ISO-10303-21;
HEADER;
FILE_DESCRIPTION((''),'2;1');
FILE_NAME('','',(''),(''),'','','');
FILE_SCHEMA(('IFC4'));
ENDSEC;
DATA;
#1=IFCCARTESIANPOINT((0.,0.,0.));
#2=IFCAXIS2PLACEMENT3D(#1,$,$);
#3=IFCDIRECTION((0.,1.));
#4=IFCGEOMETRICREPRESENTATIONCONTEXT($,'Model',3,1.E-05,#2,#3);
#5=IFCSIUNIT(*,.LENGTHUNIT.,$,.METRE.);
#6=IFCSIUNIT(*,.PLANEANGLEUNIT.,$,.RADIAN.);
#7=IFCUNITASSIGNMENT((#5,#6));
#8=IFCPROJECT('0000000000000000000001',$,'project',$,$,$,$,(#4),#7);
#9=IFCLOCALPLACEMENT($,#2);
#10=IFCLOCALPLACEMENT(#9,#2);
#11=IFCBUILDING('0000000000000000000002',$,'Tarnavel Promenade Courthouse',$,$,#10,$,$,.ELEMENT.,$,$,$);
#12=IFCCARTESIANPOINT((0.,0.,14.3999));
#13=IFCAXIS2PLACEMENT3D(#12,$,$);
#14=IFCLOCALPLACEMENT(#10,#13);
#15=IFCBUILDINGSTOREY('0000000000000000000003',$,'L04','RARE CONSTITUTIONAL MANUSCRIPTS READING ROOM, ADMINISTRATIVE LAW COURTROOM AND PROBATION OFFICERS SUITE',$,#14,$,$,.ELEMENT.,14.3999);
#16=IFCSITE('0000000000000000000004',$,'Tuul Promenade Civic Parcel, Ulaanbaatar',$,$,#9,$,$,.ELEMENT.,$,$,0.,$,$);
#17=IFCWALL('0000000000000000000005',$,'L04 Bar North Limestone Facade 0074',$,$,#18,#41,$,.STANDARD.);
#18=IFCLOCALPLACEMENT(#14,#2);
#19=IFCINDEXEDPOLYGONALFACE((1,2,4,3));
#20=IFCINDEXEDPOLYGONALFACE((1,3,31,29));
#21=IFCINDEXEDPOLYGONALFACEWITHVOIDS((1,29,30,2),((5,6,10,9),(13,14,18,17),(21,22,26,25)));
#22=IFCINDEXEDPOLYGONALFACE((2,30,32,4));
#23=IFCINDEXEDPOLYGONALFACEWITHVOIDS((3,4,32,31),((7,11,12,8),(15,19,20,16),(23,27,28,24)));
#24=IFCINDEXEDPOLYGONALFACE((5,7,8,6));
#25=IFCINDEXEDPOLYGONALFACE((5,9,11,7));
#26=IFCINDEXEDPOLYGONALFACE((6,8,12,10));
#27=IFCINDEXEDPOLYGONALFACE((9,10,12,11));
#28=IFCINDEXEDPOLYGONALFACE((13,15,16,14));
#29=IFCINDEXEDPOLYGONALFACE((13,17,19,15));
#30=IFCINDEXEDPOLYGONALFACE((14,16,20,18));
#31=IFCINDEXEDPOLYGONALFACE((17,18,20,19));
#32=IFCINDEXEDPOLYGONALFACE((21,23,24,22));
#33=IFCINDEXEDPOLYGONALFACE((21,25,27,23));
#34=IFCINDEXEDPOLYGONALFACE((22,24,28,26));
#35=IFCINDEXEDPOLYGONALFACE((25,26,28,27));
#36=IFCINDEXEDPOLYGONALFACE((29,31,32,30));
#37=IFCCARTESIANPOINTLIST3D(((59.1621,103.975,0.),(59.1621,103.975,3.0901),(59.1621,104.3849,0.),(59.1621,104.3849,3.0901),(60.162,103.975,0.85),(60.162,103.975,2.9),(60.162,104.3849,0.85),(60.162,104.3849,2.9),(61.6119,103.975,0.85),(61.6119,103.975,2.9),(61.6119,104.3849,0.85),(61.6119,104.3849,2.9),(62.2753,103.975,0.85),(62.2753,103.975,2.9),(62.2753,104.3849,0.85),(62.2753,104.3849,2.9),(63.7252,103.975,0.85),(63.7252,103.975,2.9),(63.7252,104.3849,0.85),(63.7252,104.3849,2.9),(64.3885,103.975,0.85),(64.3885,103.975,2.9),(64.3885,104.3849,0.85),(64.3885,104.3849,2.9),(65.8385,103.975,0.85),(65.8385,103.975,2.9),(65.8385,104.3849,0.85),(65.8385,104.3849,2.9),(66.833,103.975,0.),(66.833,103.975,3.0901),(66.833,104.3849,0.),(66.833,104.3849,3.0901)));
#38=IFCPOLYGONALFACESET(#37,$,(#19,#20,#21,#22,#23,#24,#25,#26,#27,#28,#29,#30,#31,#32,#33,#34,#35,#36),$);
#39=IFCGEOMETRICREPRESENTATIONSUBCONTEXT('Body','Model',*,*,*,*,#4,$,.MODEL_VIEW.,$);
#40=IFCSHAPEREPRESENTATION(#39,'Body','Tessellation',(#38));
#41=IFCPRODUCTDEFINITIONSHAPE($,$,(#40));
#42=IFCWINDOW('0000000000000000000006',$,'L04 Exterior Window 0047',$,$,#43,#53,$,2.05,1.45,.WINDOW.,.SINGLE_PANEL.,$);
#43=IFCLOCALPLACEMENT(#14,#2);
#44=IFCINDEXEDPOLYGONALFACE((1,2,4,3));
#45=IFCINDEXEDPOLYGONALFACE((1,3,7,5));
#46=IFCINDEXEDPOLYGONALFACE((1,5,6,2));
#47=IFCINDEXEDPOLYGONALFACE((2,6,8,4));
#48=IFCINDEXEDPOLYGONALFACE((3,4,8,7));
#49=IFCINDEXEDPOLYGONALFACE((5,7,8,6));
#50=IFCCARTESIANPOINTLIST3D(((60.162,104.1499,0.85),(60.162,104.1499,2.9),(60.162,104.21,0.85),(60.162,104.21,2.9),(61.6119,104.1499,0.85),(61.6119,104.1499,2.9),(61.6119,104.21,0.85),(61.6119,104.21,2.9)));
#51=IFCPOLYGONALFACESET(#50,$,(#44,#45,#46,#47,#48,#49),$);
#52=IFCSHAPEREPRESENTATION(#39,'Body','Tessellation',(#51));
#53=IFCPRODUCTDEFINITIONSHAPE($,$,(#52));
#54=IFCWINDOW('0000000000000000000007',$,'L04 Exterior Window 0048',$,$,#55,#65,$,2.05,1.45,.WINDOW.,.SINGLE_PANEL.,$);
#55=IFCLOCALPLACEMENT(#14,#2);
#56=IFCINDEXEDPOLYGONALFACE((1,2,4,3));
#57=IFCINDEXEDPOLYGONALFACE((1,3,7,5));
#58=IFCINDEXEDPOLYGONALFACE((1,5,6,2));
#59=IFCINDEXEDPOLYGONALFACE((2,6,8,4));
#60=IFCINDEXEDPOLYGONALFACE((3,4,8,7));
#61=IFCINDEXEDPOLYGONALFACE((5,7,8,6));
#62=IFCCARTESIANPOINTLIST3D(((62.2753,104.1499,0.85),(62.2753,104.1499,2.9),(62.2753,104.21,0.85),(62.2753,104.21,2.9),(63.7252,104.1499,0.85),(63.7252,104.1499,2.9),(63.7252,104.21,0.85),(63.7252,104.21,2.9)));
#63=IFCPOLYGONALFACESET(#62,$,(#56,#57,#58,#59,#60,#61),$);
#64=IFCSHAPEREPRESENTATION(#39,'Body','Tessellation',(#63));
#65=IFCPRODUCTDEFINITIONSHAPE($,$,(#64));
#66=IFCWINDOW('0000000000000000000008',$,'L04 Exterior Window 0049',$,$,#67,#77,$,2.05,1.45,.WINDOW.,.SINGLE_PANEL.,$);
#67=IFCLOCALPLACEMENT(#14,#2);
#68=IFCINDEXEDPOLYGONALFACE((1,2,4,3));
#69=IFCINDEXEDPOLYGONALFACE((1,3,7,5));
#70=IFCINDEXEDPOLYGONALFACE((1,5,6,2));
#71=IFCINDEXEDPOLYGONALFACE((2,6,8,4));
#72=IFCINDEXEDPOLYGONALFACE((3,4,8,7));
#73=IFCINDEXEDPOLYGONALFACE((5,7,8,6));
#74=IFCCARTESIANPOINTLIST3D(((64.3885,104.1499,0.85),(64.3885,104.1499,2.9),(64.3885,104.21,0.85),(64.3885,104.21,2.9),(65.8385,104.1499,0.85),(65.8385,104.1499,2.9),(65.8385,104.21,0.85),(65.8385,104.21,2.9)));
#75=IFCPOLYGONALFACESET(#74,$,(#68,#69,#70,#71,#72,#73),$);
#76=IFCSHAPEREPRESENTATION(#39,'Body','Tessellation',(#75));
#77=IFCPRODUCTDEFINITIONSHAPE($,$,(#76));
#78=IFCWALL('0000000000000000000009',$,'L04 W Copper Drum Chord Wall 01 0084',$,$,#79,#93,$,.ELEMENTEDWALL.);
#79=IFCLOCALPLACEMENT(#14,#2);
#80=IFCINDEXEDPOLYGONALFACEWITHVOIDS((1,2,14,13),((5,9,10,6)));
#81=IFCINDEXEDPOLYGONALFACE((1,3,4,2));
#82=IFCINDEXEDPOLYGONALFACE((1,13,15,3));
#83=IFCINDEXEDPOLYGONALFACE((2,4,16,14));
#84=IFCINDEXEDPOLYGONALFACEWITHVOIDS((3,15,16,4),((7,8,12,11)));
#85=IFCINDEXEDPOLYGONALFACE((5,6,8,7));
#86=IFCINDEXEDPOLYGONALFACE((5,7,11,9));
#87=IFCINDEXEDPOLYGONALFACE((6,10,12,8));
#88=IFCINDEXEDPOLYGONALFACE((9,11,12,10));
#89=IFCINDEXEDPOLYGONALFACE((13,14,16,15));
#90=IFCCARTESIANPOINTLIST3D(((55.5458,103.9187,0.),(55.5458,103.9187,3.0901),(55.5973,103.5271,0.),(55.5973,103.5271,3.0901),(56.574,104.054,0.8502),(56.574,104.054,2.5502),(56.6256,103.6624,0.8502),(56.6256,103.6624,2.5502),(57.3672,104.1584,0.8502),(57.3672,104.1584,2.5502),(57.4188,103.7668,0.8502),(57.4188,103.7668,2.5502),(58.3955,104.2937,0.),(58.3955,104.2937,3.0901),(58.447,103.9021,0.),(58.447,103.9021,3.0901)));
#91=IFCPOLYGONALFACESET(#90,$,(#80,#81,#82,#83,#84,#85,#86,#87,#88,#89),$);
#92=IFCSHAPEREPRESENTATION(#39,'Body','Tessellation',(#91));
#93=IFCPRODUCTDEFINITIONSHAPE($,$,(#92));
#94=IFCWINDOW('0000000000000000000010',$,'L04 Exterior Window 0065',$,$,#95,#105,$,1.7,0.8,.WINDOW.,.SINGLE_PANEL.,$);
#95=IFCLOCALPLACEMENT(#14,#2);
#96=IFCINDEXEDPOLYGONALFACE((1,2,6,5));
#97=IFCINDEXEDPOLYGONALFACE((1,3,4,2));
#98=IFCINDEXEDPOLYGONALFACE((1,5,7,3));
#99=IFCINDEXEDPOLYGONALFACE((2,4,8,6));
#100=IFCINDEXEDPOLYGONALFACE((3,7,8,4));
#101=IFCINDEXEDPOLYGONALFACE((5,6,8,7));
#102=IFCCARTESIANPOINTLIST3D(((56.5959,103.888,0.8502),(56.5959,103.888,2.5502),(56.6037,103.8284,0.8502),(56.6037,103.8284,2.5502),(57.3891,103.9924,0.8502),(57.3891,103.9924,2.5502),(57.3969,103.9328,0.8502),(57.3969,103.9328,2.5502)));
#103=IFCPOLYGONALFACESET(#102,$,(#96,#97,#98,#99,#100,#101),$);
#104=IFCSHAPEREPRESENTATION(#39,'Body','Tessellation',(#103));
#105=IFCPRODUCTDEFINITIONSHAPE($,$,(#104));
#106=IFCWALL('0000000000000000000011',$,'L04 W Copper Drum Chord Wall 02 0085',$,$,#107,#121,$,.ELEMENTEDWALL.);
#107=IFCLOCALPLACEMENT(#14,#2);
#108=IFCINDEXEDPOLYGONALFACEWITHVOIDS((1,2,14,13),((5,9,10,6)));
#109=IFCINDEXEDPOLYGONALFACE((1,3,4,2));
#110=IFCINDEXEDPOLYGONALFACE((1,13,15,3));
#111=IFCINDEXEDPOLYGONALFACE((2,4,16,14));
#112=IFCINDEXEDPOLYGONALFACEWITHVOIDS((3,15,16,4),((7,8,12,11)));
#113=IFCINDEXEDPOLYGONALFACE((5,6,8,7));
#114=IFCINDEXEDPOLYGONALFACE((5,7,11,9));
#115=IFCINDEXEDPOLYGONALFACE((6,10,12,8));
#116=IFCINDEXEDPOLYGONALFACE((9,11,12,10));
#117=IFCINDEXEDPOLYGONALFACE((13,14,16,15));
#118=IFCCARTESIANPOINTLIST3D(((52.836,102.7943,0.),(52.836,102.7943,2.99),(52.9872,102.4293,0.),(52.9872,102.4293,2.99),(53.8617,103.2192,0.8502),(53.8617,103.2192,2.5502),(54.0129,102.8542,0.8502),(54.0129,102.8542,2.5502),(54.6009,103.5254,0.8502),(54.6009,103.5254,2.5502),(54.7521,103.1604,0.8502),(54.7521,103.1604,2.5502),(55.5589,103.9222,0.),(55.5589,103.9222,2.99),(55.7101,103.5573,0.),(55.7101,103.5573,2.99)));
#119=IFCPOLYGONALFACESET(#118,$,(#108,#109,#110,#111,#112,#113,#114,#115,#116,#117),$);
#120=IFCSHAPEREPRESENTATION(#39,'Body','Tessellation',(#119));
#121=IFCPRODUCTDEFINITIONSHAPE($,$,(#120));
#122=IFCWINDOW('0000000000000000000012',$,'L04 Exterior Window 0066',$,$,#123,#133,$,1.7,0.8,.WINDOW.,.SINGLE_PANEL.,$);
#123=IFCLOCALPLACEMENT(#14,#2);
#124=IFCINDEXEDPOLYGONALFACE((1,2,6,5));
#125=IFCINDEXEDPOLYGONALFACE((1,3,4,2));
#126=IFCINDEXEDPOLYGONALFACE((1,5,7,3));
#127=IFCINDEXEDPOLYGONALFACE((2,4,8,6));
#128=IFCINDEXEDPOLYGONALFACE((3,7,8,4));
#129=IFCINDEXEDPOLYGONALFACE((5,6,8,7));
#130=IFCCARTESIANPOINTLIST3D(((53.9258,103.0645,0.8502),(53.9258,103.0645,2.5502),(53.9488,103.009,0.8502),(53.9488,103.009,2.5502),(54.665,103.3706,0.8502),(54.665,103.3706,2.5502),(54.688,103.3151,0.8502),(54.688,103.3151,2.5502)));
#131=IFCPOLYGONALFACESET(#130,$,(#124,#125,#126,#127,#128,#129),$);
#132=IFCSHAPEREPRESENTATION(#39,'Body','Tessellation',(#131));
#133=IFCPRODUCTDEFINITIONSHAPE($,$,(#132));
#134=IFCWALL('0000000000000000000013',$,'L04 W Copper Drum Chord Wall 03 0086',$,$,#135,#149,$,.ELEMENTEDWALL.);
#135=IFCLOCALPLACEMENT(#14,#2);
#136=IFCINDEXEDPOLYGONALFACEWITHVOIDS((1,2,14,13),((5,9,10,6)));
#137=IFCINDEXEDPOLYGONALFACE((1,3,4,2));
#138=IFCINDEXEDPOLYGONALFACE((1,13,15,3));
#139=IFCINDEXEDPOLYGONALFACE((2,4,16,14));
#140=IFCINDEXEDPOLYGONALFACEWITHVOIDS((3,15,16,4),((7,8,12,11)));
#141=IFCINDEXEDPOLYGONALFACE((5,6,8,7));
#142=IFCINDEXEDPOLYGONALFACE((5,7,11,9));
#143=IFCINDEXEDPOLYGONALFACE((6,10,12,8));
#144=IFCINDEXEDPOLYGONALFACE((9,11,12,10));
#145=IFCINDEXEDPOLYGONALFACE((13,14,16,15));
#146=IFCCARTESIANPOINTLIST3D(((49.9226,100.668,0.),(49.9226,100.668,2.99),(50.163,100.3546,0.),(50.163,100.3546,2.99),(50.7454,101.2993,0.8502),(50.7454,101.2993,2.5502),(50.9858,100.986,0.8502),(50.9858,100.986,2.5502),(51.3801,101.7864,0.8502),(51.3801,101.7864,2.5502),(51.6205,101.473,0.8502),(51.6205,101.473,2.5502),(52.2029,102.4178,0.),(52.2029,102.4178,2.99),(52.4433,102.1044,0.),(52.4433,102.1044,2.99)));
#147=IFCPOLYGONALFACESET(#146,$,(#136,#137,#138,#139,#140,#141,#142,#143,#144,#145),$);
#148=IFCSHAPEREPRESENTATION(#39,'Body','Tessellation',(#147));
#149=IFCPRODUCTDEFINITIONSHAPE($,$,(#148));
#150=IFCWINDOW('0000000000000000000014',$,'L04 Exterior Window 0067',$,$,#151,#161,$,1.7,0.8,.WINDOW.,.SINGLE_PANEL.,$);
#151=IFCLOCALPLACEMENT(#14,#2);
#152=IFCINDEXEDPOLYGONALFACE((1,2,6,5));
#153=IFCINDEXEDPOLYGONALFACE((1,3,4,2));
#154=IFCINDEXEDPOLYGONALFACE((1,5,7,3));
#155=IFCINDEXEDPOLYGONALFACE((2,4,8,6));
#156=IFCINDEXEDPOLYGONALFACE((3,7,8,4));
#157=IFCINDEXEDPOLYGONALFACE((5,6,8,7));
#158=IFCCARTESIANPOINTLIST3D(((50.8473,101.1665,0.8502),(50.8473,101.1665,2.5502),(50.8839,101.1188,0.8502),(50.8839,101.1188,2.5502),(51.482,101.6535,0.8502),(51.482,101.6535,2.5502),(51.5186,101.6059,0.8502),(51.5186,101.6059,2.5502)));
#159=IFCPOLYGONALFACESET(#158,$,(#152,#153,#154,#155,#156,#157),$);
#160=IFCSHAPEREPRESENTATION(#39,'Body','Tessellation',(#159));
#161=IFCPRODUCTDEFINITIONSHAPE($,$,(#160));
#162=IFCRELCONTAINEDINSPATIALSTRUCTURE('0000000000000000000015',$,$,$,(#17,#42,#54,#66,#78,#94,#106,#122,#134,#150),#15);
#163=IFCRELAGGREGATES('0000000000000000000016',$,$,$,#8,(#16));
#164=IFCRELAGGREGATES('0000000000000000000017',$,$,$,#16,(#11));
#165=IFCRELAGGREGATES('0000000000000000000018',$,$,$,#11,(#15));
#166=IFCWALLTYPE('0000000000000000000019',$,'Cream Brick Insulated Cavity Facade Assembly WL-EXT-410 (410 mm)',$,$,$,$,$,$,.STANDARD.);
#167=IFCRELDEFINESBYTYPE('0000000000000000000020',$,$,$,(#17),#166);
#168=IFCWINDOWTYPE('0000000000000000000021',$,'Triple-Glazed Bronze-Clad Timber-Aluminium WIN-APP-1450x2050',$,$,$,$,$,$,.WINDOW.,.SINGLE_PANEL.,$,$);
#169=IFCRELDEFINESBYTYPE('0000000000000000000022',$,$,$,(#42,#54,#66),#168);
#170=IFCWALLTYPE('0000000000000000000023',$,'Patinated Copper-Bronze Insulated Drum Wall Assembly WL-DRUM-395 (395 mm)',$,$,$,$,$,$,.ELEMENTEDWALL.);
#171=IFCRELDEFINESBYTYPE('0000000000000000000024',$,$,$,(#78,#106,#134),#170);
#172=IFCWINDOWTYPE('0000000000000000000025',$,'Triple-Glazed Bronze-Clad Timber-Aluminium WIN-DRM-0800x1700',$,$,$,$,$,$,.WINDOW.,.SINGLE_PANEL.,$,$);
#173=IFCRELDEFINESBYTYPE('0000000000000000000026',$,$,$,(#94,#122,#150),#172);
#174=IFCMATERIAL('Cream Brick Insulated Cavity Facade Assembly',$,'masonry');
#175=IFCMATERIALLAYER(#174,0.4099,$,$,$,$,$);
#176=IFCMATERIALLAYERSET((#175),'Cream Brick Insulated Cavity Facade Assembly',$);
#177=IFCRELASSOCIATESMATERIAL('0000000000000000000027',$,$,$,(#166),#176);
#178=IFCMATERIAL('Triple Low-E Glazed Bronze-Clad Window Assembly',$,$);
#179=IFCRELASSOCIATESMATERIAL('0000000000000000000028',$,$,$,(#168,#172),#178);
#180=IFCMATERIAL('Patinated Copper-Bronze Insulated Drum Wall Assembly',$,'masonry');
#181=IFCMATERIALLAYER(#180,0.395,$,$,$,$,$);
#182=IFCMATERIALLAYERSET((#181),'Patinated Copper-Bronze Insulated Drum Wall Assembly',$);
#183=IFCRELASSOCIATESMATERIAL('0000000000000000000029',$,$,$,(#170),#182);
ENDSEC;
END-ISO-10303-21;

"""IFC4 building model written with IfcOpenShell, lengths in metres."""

from ifc_helpers import new_model, si_unit, direction, frame, frame_2d, origin, place, context, subcontext, project, spatial, rectangle, extrude, material, layer, layer_set, type_object, element, fill, save


model = new_model("IFC4")

# Units and contexts
model_context = context("Model", 3, precision=1e-05, world=origin(), true_north=direction((0.0, 1.0)))
body_context = subcontext(model_context, "Body", "Model", "MODEL_VIEW")
ifc_project = project(units=[si_unit("LENGTHUNIT", "METRE"), si_unit("PLANEANGLEUNIT", "RADIAN")], contexts=[model_context])

# Site, building, storey
site_placement = place(None, origin())
site = spatial("IfcSite", under=ifc_project, at=site_placement, Name="Tuul Promenade Civic Parcel, Ulaanbaatar", CompositionType="ELEMENT", RefElevation=0.0)
building_placement = place(site_placement, origin())
building = spatial("IfcBuilding", under=site, at=building_placement, Name="Tarnavel Promenade Courthouse", CompositionType="ELEMENT")
storey_placement = place(building_placement, frame((0.0, 0.0, 14.3999)))
storey = spatial("IfcBuildingStorey", under=building, at=storey_placement, Name="L04", Description="RARE CONSTITUTIONAL MANUSCRIPTS READING ROOM, ADMINISTRATIVE LAW COURTROOM AND PROBATION OFFICERS SUITE", CompositionType="ELEMENT", Elevation=14.3999)

# Wall, openings, windows
ifc_material_1 = material(Name="Triple Low-E Glazed Bronze-Clad Window Assembly")
ifc_material_2 = material(Name="Cream Brick Insulated Cavity Facade Assembly", Category="masonry")
ifc_layer_1 = layer(ifc_material_2, 0.4099)
ifc_layer_set_1 = layer_set([ifc_layer_1], Name="Cream Brick Insulated Cavity Facade Assembly")
wall_type_1 = type_object("IfcWallType", Name="Cream Brick Insulated Cavity Facade Assembly WL-EXT-410 (410 mm)", PredefinedType="STANDARD", material=ifc_layer_set_1)
wall_1_placement = place(storey_placement, frame((59.1621, 104.1799, 0.0), z_axis=(0.0, 0.0, 1.0), x_axis=(1.0, 0.0, 0.0)))
wall_1 = element("IfcWall", 1, at=wall_1_placement, inside=storey, type_object=wall_type_1, Name="L04 Bar North Limestone Facade 0074", PredefinedType="STANDARD", context=body_context, shape_type="SweptSolid", body=[
    extrude(rectangle(XDim=7.6709, YDim=0.4099, at=frame_2d((3.8354, 0.0))), origin(), (0.0, 0.0, 1.0), 3.0901),
])
opening_1_placement = place(wall_1_placement, frame((0.9998, 0.0, 0.8501)))
opening_1 = element("IfcOpeningElement", 2, at=opening_1_placement, cuts=wall_1, PredefinedType="OPENING", context=body_context, shape_type="SweptSolid", body=[
    extrude(rectangle(XDim=1.45, YDim=2.05, at=frame_2d((0.7251, 1.0249))), frame((0.0, 0.2148, 0.0), z_axis=(0.0, -1.0, 0.0), x_axis=(1.0, 0.0, 0.0)), (0.0, 0.0, 1.0), 0.4299),
])
opening_2_placement = place(wall_1_placement, frame((3.113, 0.0, 0.8501)))
opening_2 = element("IfcOpeningElement", 3, at=opening_2_placement, cuts=wall_1, PredefinedType="OPENING", context=body_context, shape_type="SweptSolid", body=[
    extrude(rectangle(XDim=1.45, YDim=2.05, at=frame_2d((0.7251, 1.0249))), frame((0.0, 0.2148, 0.0), z_axis=(0.0, -1.0, 0.0), x_axis=(1.0, 0.0, 0.0)), (0.0, 0.0, 1.0), 0.4299),
])
opening_3_placement = place(wall_1_placement, frame((5.2263, 0.0, 0.8501)))
opening_3 = element("IfcOpeningElement", 4, at=opening_3_placement, cuts=wall_1, PredefinedType="OPENING", context=body_context, shape_type="SweptSolid", body=[
    extrude(rectangle(XDim=1.45, YDim=2.05, at=frame_2d((0.7251, 1.0249))), frame((0.0, 0.2148, 0.0), z_axis=(0.0, -1.0, 0.0), x_axis=(1.0, 0.0, 0.0)), (0.0, 0.0, 1.0), 0.4299),
])
window_type_1 = type_object("IfcWindowType", Name="Triple-Glazed Bronze-Clad Timber-Aluminium WIN-APP-1450x2050", PartitioningType="SINGLE_PANEL", PredefinedType="WINDOW", material=ifc_material_1)
window_1_placement = place(opening_1_placement, origin())
window_1 = element("IfcWindow", 5, at=window_1_placement, inside=storey, type_object=window_type_1, Name="L04 Exterior Window 0047", OverallHeight=2.05, OverallWidth=1.45, PartitioningType="SINGLE_PANEL", PredefinedType="WINDOW", context=body_context, shape_type="SweptSolid", body=[
    extrude(rectangle(XDim=1.45, YDim=2.05, at=frame_2d((0.7251, 1.0249))), frame((0.0, 0.03, 0.0), z_axis=(0.0, -1.0, 0.0), x_axis=(1.0, 0.0, 0.0)), (0.0, 0.0, 1.0), 0.0601),
])
fill(opening_1, window_1)
window_2_placement = place(opening_2_placement, origin())
window_2 = element("IfcWindow", 6, at=window_2_placement, inside=storey, type_object=window_type_1, Name="L04 Exterior Window 0048", OverallHeight=2.05, OverallWidth=1.45, PartitioningType="SINGLE_PANEL", PredefinedType="WINDOW", context=body_context, shape_type="SweptSolid", body=[
    extrude(rectangle(XDim=1.45, YDim=2.05, at=frame_2d((0.7251, 1.0249))), frame((0.0, 0.03, 0.0), z_axis=(0.0, -1.0, 0.0), x_axis=(1.0, 0.0, 0.0)), (0.0, 0.0, 1.0), 0.0601),
])
fill(opening_2, window_2)
window_3_placement = place(opening_3_placement, origin())
window_3 = element("IfcWindow", 7, at=window_3_placement, inside=storey, type_object=window_type_1, Name="L04 Exterior Window 0049", OverallHeight=2.05, OverallWidth=1.45, PartitioningType="SINGLE_PANEL", PredefinedType="WINDOW", context=body_context, shape_type="SweptSolid", body=[
    extrude(rectangle(XDim=1.45, YDim=2.05, at=frame_2d((0.7251, 1.0249))), frame((0.0, 0.03, 0.0), z_axis=(0.0, -1.0, 0.0), x_axis=(1.0, 0.0, 0.0)), (0.0, 0.0, 1.0), 0.0601),
])
fill(opening_3, window_3)

# Walls, openings, windows
ifc_material_3 = material(Name="Patinated Copper-Bronze Insulated Drum Wall Assembly", Category="masonry")
ifc_layer_2 = layer(ifc_material_3, 0.395)
ifc_layer_set_2 = layer_set([ifc_layer_2], Name="Patinated Copper-Bronze Insulated Drum Wall Assembly")
wall_type_2 = type_object("IfcWallType", Name="Patinated Copper-Bronze Insulated Drum Wall Assembly WL-DRUM-395 (395 mm)", PredefinedType="ELEMENTEDWALL", material=ifc_layer_set_2)
wall_2_placement = place(storey_placement, frame((58.4211, 104.0979, 0.0), z_axis=(0.0, 0.0, 1.0), x_axis=(-0.991452, -0.130472, 0.0)))
wall_2 = element("IfcWall", 8, at=wall_2_placement, inside=storey, type_object=wall_type_2, Name="L04 W Copper Drum Chord Wall 01 0084", PredefinedType="ELEMENTEDWALL", context=body_context, shape_type="SweptSolid", body=[
    extrude(rectangle(XDim=2.8743, YDim=0.395, at=frame_2d((1.437, 0.0))), origin(), (0.0, 0.0, 1.0), 3.0901),
])
opening_4_placement = place(wall_2_placement, frame((1.0371, 0.0, 0.8501)))
opening_4 = element("IfcOpeningElement", 9, at=opening_4_placement, cuts=wall_2, PredefinedType="OPENING", context=body_context, shape_type="SweptSolid", body=[
    extrude(rectangle(XDim=0.8, YDim=1.7, at=frame_2d((0.3999, 0.8501))), frame((0.0, 0.2075, 0.0), z_axis=(0.0, -1.0, 0.0), x_axis=(1.0, 0.0, 0.0)), (0.0, 0.0, 1.0), 0.415),
])
window_type_2 = type_object("IfcWindowType", Name="Triple-Glazed Bronze-Clad Timber-Aluminium WIN-DRM-0800x1700", PartitioningType="SINGLE_PANEL", PredefinedType="WINDOW", material=ifc_material_1)
window_4_placement = place(opening_4_placement, origin())
window_4 = element("IfcWindow", 10, at=window_4_placement, inside=storey, type_object=window_type_2, Name="L04 Exterior Window 0065", OverallHeight=1.7, OverallWidth=0.8, PartitioningType="SINGLE_PANEL", PredefinedType="WINDOW", context=body_context, shape_type="SweptSolid", body=[
    extrude(rectangle(XDim=0.8, YDim=1.7, at=frame_2d((0.3999, 0.8501))), frame((0.0, 0.03, 0.0), z_axis=(0.0, -1.0, 0.0), x_axis=(1.0, 0.0, 0.0)), (0.0, 0.0, 1.0), 0.0601),
])
fill(opening_4, window_4)
wall_3_placement = place(storey_placement, frame((55.6345, 103.7397, 0.0), z_axis=(0.0, 0.0, 1.0), x_axis=(-0.923871, -0.382703, 0.0)))
wall_3 = element("IfcWall", 11, at=wall_3_placement, inside=storey, type_object=wall_type_2, Name="L04 W Copper Drum Chord Wall 02 0085", PredefinedType="ELEMENTEDWALL", context=body_context, shape_type="SweptSolid", body=[
    extrude(rectangle(XDim=2.9473, YDim=0.395, at=frame_2d((1.4736, 0.0))), origin(), (0.0, 0.0, 1.0), 2.99),
])
opening_5_placement = place(wall_3_placement, frame((1.0371, 0.0, 0.8501)))
opening_5 = element("IfcOpeningElement", 12, at=opening_5_placement, cuts=wall_3, PredefinedType="OPENING", context=body_context, shape_type="SweptSolid", body=[
    extrude(rectangle(XDim=0.8, YDim=1.7, at=frame_2d((0.3999, 0.8501))), frame((0.0, 0.2075, 0.0), z_axis=(0.0, -1.0, 0.0), x_axis=(1.0, 0.0, 0.0)), (0.0, 0.0, 1.0), 0.415),
])
window_5_placement = place(opening_5_placement, origin())
window_5 = element("IfcWindow", 13, at=window_5_placement, inside=storey, type_object=window_type_2, Name="L04 Exterior Window 0066", OverallHeight=1.7, OverallWidth=0.8, PartitioningType="SINGLE_PANEL", PredefinedType="WINDOW", context=body_context, shape_type="SweptSolid", body=[
    extrude(rectangle(XDim=0.8, YDim=1.7, at=frame_2d((0.3999, 0.8501))), frame((0.0, 0.03, 0.0), z_axis=(0.0, -1.0, 0.0), x_axis=(1.0, 0.0, 0.0)), (0.0, 0.0, 1.0), 0.0601),
])
fill(opening_5, window_5)
wall_4_placement = place(storey_placement, frame((52.323, 102.261, 0.0), z_axis=(0.0, 0.0, 1.0), x_axis=(-0.793347, -0.60877, 0.0)))
wall_4 = element("IfcWall", 14, at=wall_4_placement, inside=storey, type_object=wall_type_2, Name="L04 W Copper Drum Chord Wall 03 0086", PredefinedType="ELEMENTEDWALL", context=body_context, shape_type="SweptSolid", body=[
    extrude(rectangle(XDim=2.8743, YDim=0.395, at=frame_2d((1.437, 0.0))), origin(), (0.0, 0.0, 1.0), 2.99),
])
opening_6_placement = place(wall_4_placement, frame((1.0371, 0.0, 0.8501)))
opening_6 = element("IfcOpeningElement", 15, at=opening_6_placement, cuts=wall_4, PredefinedType="OPENING", context=body_context, shape_type="SweptSolid", body=[
    extrude(rectangle(XDim=0.8, YDim=1.7, at=frame_2d((0.3999, 0.8501))), frame((0.0, 0.2075, 0.0), z_axis=(0.0, -1.0, 0.0), x_axis=(1.0, 0.0, 0.0)), (0.0, 0.0, 1.0), 0.415),
])
window_6_placement = place(opening_6_placement, origin())
window_6 = element("IfcWindow", 16, at=window_6_placement, inside=storey, type_object=window_type_2, Name="L04 Exterior Window 0067", OverallHeight=1.7, OverallWidth=0.8, PartitioningType="SINGLE_PANEL", PredefinedType="WINDOW", context=body_context, shape_type="SweptSolid", body=[
    extrude(rectangle(XDim=0.8, YDim=1.7, at=frame_2d((0.3999, 0.8501))), frame((0.0, 0.03, 0.0), z_axis=(0.0, -1.0, 0.0), x_axis=(1.0, 0.0, 0.0)), (0.0, 0.0, 1.0), 0.0601),
])
fill(opening_6, window_6)

save(model, "model.ifc")
